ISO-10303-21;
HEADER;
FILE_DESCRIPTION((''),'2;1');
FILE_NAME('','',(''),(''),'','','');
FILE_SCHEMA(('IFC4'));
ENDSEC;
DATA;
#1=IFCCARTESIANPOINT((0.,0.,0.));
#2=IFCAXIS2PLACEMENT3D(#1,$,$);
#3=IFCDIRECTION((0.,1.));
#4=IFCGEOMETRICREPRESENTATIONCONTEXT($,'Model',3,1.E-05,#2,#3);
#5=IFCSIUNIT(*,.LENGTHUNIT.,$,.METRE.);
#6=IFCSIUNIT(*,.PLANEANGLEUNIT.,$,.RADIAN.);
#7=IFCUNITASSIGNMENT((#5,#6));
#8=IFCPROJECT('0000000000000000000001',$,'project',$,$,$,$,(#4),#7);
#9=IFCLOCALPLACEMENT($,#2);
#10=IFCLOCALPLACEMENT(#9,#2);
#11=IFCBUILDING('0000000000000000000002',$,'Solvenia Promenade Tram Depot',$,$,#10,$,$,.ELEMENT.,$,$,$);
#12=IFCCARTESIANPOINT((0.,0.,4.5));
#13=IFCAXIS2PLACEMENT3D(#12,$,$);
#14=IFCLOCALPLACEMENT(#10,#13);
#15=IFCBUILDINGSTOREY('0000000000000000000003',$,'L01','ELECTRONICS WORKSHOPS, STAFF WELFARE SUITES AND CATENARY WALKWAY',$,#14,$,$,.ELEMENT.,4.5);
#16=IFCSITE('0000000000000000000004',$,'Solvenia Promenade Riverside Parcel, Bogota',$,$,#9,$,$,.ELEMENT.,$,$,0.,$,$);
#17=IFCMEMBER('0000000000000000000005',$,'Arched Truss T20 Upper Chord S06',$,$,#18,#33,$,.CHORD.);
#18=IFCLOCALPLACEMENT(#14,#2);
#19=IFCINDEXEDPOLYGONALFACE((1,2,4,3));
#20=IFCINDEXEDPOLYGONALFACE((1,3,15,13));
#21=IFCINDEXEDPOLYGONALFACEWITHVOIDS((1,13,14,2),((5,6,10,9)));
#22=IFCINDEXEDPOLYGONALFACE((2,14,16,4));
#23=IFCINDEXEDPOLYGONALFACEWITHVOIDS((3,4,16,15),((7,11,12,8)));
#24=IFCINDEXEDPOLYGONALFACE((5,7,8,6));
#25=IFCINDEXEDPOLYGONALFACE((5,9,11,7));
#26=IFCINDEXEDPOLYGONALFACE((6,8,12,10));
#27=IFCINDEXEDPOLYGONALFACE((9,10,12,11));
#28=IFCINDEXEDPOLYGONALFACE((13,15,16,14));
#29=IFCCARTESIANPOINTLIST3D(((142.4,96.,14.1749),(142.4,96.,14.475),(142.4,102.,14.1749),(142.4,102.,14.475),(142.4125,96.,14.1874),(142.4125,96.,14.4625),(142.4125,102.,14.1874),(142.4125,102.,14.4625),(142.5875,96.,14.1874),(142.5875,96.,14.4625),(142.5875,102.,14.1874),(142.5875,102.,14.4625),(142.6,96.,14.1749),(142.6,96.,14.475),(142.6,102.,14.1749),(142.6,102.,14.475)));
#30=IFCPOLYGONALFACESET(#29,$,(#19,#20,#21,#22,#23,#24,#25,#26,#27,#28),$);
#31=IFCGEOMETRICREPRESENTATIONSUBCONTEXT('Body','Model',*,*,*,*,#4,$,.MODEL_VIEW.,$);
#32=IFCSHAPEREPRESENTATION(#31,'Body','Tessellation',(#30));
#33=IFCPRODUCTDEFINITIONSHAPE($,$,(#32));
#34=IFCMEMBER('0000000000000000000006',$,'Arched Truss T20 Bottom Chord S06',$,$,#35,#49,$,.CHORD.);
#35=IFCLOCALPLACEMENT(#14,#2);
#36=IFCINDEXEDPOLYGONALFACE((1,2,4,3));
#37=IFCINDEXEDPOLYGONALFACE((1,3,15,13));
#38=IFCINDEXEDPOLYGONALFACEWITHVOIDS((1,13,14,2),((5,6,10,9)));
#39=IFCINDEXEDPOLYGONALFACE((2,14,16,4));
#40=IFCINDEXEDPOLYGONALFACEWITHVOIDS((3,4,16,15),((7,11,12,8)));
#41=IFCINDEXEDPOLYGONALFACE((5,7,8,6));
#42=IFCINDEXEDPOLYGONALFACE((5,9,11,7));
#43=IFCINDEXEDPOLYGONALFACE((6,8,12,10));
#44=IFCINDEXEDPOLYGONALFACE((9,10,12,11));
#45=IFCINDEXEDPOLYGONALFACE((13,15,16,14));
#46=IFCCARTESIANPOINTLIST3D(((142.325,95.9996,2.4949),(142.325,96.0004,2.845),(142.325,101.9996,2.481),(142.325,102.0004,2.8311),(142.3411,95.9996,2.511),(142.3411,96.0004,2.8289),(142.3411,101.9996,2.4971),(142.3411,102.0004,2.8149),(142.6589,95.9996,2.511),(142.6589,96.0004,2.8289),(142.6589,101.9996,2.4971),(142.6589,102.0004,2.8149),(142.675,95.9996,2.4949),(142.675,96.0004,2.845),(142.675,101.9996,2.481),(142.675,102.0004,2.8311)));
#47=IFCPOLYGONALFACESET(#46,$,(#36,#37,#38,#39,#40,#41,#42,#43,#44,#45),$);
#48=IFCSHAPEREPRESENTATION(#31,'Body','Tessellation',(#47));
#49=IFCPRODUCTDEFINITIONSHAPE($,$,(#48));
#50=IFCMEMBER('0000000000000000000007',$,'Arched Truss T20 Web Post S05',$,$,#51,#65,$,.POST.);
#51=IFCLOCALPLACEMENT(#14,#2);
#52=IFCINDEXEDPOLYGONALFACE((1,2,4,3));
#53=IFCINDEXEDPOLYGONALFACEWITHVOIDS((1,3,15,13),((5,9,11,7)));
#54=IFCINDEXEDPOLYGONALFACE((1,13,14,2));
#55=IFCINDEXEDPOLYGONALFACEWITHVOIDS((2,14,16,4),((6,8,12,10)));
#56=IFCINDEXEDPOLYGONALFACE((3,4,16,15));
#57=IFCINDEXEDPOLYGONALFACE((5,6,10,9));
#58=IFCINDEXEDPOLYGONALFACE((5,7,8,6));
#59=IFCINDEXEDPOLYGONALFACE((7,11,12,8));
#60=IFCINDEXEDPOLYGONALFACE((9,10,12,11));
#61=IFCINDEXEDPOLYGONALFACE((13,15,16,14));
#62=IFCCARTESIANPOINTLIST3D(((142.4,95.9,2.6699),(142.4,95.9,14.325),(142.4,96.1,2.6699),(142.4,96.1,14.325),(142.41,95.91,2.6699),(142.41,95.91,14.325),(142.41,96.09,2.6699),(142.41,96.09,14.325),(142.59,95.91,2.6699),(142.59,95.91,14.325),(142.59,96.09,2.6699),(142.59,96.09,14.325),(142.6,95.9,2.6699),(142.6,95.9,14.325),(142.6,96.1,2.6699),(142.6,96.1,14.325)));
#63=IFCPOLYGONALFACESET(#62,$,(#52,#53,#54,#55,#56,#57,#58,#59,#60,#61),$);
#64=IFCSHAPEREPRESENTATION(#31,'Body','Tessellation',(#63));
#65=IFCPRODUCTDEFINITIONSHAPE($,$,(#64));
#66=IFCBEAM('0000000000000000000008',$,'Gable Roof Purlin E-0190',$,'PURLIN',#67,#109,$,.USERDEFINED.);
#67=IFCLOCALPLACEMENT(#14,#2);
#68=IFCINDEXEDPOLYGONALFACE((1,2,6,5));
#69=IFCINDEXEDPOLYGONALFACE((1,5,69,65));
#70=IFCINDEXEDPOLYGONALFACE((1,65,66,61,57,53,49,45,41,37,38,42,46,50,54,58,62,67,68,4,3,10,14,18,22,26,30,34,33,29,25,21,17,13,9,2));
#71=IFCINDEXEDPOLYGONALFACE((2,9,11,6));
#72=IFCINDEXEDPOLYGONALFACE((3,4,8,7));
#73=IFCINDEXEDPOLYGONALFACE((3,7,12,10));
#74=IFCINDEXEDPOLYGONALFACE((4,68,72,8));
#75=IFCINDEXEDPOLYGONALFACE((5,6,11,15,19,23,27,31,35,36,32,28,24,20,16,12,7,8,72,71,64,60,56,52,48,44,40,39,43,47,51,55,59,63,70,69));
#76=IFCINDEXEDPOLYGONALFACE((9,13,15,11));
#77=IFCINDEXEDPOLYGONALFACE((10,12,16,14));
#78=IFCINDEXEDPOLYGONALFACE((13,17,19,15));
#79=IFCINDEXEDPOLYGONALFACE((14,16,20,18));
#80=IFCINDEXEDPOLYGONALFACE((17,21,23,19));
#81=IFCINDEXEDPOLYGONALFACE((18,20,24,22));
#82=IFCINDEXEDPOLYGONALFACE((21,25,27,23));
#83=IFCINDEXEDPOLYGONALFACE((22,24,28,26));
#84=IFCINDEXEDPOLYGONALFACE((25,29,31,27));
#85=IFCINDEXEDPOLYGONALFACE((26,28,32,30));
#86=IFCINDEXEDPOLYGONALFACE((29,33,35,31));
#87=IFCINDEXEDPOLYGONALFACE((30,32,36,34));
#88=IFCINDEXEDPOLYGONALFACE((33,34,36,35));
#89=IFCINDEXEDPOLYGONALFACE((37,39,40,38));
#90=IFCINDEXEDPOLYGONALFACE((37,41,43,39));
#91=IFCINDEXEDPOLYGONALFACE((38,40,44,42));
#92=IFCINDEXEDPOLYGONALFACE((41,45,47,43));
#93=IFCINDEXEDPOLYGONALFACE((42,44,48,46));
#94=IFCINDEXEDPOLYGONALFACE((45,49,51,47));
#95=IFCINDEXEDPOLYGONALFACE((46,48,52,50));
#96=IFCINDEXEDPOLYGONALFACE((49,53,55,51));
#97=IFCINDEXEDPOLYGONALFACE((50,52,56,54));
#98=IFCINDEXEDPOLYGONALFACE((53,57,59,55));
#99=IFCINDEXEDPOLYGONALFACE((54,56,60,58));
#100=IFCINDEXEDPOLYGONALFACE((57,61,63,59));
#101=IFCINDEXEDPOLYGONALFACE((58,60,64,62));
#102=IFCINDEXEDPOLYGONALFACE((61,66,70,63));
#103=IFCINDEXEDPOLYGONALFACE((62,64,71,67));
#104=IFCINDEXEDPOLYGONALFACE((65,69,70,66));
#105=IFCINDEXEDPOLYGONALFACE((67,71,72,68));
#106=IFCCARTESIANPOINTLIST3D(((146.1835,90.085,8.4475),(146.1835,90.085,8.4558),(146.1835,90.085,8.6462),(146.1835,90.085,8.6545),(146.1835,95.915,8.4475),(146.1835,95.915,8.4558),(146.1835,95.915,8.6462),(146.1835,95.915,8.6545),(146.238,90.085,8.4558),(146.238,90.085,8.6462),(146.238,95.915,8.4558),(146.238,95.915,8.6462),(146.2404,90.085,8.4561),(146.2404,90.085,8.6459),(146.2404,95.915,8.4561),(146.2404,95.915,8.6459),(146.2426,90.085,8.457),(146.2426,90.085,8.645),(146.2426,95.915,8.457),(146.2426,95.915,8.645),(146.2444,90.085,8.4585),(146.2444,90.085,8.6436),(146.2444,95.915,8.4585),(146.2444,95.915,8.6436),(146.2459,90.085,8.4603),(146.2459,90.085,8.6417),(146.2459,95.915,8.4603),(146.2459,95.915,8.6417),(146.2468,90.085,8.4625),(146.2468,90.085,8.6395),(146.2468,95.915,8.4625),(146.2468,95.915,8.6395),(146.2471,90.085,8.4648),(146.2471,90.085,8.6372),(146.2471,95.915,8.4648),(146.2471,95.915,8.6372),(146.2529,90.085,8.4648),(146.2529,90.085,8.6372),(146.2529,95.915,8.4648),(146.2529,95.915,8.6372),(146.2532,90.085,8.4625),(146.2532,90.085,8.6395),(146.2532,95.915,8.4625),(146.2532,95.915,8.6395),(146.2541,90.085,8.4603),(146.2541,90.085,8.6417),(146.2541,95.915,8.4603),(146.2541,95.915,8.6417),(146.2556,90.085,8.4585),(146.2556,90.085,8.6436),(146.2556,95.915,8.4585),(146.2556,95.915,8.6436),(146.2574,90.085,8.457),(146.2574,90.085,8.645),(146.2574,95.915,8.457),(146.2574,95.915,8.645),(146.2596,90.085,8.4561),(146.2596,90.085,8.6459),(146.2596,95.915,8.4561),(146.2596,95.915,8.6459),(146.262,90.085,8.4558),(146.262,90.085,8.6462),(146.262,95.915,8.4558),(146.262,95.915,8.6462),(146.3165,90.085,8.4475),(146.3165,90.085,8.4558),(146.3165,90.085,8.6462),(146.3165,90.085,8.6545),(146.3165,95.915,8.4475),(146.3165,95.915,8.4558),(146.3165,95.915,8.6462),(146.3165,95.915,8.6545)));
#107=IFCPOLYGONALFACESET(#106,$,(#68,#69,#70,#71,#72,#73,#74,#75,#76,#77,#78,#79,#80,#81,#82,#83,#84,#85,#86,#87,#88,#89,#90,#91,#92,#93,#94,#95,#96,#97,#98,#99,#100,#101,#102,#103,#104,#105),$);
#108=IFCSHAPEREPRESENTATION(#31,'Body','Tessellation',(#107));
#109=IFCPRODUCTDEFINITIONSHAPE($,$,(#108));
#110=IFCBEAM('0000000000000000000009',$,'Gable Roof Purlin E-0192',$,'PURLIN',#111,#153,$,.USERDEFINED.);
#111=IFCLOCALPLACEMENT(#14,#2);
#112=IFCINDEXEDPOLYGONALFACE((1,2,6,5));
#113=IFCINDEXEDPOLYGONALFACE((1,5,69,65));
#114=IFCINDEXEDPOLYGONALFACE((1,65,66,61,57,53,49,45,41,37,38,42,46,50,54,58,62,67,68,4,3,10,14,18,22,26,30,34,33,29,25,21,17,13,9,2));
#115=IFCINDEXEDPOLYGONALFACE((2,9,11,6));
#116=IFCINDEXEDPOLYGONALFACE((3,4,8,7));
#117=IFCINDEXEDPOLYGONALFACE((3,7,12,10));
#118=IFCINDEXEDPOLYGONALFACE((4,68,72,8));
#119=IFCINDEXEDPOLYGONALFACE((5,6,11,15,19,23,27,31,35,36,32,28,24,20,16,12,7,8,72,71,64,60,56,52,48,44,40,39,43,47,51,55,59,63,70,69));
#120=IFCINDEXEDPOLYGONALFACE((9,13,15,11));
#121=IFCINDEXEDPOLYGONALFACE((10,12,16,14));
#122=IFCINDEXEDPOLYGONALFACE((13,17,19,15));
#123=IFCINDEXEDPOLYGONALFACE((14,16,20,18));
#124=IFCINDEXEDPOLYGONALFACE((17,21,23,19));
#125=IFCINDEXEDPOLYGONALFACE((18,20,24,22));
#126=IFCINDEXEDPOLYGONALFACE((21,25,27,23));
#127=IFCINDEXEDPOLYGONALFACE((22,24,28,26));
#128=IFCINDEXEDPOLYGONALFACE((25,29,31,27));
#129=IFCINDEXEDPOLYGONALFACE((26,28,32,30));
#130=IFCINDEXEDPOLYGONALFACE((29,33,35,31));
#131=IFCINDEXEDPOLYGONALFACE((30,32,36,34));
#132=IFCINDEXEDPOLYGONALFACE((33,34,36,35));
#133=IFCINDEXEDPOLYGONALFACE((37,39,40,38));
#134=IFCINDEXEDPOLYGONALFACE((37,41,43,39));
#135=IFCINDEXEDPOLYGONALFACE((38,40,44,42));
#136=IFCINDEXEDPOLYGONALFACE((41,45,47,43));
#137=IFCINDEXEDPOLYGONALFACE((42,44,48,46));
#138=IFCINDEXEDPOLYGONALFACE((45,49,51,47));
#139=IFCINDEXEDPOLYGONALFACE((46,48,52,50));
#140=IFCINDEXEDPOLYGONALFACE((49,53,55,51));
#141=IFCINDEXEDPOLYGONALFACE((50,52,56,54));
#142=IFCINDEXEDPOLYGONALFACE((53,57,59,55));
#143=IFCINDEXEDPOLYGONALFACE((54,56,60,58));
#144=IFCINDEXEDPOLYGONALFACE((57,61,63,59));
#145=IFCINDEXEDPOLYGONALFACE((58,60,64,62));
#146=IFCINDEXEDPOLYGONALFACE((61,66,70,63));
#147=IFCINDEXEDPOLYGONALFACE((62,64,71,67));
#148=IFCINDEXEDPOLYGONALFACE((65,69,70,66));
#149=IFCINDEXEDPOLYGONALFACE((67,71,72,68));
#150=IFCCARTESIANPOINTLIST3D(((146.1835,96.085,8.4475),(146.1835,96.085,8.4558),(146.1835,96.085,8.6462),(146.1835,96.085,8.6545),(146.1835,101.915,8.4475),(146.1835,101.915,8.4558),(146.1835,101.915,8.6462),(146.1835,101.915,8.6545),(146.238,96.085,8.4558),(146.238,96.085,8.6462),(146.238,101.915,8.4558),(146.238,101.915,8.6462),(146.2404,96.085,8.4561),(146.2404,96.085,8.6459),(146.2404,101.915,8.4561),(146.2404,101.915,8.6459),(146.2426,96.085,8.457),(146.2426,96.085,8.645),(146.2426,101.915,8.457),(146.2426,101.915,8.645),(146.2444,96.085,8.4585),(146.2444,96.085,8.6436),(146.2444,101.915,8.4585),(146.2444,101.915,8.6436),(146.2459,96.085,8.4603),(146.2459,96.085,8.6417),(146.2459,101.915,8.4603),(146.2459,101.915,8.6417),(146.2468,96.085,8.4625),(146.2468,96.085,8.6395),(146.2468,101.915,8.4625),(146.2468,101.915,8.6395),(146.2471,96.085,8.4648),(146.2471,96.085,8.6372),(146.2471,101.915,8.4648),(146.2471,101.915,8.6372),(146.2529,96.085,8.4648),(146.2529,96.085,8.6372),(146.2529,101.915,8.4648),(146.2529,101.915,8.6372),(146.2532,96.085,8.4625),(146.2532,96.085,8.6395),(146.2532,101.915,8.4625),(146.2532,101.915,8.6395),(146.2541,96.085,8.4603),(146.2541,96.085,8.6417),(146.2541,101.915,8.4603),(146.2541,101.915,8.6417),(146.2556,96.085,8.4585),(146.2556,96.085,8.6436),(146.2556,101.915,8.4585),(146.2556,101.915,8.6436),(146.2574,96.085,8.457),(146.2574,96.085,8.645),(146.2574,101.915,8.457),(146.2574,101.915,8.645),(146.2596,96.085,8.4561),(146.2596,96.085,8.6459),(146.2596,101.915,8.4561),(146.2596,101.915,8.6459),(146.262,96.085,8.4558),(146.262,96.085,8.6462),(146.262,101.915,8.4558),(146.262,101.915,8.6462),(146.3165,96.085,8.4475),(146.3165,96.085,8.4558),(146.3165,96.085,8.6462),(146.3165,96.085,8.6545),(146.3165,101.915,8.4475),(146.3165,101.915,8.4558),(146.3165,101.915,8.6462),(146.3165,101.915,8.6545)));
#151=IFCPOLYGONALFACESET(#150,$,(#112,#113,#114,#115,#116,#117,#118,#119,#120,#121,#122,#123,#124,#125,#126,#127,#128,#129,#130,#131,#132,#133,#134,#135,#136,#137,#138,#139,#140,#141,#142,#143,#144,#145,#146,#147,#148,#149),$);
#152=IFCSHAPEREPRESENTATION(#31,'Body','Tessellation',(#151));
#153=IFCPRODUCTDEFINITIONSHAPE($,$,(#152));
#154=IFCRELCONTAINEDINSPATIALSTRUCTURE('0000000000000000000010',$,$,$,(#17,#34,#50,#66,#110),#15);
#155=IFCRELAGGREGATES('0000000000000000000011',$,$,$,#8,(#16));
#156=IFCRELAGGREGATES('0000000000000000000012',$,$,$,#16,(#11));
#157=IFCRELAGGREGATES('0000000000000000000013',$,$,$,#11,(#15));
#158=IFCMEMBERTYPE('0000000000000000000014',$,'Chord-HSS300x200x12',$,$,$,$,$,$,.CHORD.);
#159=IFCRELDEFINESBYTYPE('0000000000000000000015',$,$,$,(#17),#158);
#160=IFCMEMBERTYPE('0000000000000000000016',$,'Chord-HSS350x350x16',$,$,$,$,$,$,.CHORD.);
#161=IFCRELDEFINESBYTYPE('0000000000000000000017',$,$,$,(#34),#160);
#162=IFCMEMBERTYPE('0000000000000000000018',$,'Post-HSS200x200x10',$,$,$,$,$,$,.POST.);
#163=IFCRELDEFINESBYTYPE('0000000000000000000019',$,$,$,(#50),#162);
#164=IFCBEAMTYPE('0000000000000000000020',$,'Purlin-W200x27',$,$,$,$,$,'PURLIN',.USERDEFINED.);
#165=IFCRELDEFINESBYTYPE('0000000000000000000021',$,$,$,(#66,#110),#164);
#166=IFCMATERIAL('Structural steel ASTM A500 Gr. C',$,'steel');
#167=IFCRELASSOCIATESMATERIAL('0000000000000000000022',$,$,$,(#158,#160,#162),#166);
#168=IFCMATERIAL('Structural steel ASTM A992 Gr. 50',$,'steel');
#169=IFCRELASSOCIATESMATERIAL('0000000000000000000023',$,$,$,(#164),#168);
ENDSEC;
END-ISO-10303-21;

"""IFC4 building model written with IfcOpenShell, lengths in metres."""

from ifc_helpers import new_model, si_unit, direction, frame, origin, origin_2d, place, context, subcontext, project, spatial, hollow_rectangle, i_section, extrude, material, material_profile, profile_set, type_object, element, save


model = new_model("IFC4")

# Units and contexts
model_context = context("Model", 3, precision=1e-05, world=origin(), true_north=direction((0.0, 1.0)))
body_context = subcontext(model_context, "Body", "Model", "MODEL_VIEW")
ifc_project = project(units=[si_unit("LENGTHUNIT", "METRE"), si_unit("PLANEANGLEUNIT", "RADIAN")], contexts=[model_context])

# Site, building, storey
site_placement = place(None, origin())
site = spatial("IfcSite", under=ifc_project, at=site_placement, Name="Solvenia Promenade Riverside Parcel, Bogota", CompositionType="ELEMENT", RefElevation=0.0)
building_placement = place(site_placement, origin())
building = spatial("IfcBuilding", under=site, at=building_placement, Name="Solvenia Promenade Tram Depot", CompositionType="ELEMENT")
storey_placement = place(building_placement, frame((0.0, 0.0, 4.5)))
storey = spatial("IfcBuildingStorey", under=building, at=storey_placement, Name="L01", Description="ELECTRONICS WORKSHOPS, STAFF WELFARE SUITES AND CATENARY WALKWAY", CompositionType="ELEMENT", Elevation=4.5)

# Members
ifc_material_1 = material(Name="Structural steel ASTM A500 Gr. C", Category="steel")
ifc_material_profile_1 = material_profile(ifc_material_1, hollow_rectangle(XDim=0.2, YDim=0.3, WallThickness=0.0125, at=origin_2d()), Name="HSS300x200x12.5", Category="steel")
ifc_profile_set_1 = profile_set([ifc_material_profile_1], Name="Structural steel ASTM A500 Gr. C")
member_type_1 = type_object("IfcMemberType", Name="Chord-HSS300x200x12", PredefinedType="CHORD", material=ifc_profile_set_1)
member_1_placement = place(storey_placement, frame((142.5, 96.0, 14.325), z_axis=(0.0, 1.0, 0.0), x_axis=(-1.0, 0.0, 0.0)))
element("IfcMember", 1, at=member_1_placement, inside=storey, type_object=member_type_1, Name="Arched Truss T20 Upper Chord S06", PredefinedType="CHORD", context=body_context, shape_type="SweptSolid", body=[
    extrude(hollow_rectangle(XDim=0.2, YDim=0.3, WallThickness=0.0125, at=origin_2d()), origin(), (0.0, 0.0, 1.0), 6.0),
])
ifc_material_profile_2 = material_profile(ifc_material_1, hollow_rectangle(XDim=0.3501, YDim=0.3501, WallThickness=0.0161, at=origin_2d()), Name="HSS350x350x16", Category="steel")
ifc_profile_set_2 = profile_set([ifc_material_profile_2], Name="Structural steel ASTM A500 Gr. C")
member_type_2 = type_object("IfcMemberType", Name="Chord-HSS350x350x16", PredefinedType="CHORD", material=ifc_profile_set_2)
member_2_placement = place(storey_placement, frame((142.5, 96.0, 2.6699), z_axis=(0.0, 0.999997, -0.002319), x_axis=(-1.0, 0.0, 0.0)))
element("IfcMember", 2, at=member_2_placement, inside=storey, type_object=member_type_2, Name="Arched Truss T20 Bottom Chord S06", PredefinedType="CHORD", context=body_context, shape_type="SweptSolid", body=[
    extrude(hollow_rectangle(XDim=0.3501, YDim=0.3501, WallThickness=0.0161, at=origin_2d()), origin(), (0.0, 0.0, 1.0), 6.0),
])
ifc_material_profile_3 = material_profile(ifc_material_1, hollow_rectangle(XDim=0.2, YDim=0.2, WallThickness=0.01, at=origin_2d()), Name="HSS200x200x10", Category="steel")
ifc_profile_set_3 = profile_set([ifc_material_profile_3], Name="Structural steel ASTM A500 Gr. C")
member_type_3 = type_object("IfcMemberType", Name="Post-HSS200x200x10", PredefinedType="POST", material=ifc_profile_set_3)
member_3_placement = place(storey_placement, frame((142.5, 96.0, 2.6699), z_axis=(0.0, 0.0, 1.0), x_axis=(1.0, 0.0, 0.0)))
element("IfcMember", 3, at=member_3_placement, inside=storey, type_object=member_type_3, Name="Arched Truss T20 Web Post S05", PredefinedType="POST", context=body_context, shape_type="SweptSolid", body=[
    extrude(hollow_rectangle(XDim=0.2, YDim=0.2, WallThickness=0.01, at=origin_2d()), origin(), (0.0, 0.0, 1.0), 11.655),
])

# Beams
ifc_material_2 = material(Name="Structural steel ASTM A992 Gr. 50", Category="steel")
ifc_material_profile_4 = material_profile(ifc_material_2, i_section(OverallWidth=0.1331, OverallDepth=0.207, WebThickness=0.0059, FlangeThickness=0.0083, FilletRadius=0.009, at=origin_2d()), Name="W200x27", Category="steel")
ifc_profile_set_4 = profile_set([ifc_material_profile_4], Name="Structural steel ASTM A992 Gr. 50")
beam_type = type_object("IfcBeamType", Name="Purlin-W200x27", ElementType="PURLIN", PredefinedType="USERDEFINED", material=ifc_profile_set_4)
for number, where, z_axis, x_axis, name in (
    (4, (146.25, 90.085, 8.551), (0.0, 1.0, 0.0), (-1.0, 0.0, 0.0), "Gable Roof Purlin E-0190"),
    (5, (146.25, 96.085, 8.551), (0.0, 1.0, 0.0), (-1.0, 0.0, 0.0), "Gable Roof Purlin E-0192"),
):
    element("IfcBeam", number, at=place(storey_placement, frame(where, z_axis=z_axis, x_axis=x_axis)), inside=storey, type_object=beam_type, Name=name, ObjectType="PURLIN", PredefinedType="USERDEFINED", context=body_context, shape_type="SweptSolid", body=[
        extrude(i_section(OverallWidth=0.1331, OverallDepth=0.207, WebThickness=0.0059, FlangeThickness=0.0083, FilletRadius=0.009, at=origin_2d()), origin(), (0.0, 0.0, 1.0), 5.8301),
    ])

save(model, "model.ifc")
